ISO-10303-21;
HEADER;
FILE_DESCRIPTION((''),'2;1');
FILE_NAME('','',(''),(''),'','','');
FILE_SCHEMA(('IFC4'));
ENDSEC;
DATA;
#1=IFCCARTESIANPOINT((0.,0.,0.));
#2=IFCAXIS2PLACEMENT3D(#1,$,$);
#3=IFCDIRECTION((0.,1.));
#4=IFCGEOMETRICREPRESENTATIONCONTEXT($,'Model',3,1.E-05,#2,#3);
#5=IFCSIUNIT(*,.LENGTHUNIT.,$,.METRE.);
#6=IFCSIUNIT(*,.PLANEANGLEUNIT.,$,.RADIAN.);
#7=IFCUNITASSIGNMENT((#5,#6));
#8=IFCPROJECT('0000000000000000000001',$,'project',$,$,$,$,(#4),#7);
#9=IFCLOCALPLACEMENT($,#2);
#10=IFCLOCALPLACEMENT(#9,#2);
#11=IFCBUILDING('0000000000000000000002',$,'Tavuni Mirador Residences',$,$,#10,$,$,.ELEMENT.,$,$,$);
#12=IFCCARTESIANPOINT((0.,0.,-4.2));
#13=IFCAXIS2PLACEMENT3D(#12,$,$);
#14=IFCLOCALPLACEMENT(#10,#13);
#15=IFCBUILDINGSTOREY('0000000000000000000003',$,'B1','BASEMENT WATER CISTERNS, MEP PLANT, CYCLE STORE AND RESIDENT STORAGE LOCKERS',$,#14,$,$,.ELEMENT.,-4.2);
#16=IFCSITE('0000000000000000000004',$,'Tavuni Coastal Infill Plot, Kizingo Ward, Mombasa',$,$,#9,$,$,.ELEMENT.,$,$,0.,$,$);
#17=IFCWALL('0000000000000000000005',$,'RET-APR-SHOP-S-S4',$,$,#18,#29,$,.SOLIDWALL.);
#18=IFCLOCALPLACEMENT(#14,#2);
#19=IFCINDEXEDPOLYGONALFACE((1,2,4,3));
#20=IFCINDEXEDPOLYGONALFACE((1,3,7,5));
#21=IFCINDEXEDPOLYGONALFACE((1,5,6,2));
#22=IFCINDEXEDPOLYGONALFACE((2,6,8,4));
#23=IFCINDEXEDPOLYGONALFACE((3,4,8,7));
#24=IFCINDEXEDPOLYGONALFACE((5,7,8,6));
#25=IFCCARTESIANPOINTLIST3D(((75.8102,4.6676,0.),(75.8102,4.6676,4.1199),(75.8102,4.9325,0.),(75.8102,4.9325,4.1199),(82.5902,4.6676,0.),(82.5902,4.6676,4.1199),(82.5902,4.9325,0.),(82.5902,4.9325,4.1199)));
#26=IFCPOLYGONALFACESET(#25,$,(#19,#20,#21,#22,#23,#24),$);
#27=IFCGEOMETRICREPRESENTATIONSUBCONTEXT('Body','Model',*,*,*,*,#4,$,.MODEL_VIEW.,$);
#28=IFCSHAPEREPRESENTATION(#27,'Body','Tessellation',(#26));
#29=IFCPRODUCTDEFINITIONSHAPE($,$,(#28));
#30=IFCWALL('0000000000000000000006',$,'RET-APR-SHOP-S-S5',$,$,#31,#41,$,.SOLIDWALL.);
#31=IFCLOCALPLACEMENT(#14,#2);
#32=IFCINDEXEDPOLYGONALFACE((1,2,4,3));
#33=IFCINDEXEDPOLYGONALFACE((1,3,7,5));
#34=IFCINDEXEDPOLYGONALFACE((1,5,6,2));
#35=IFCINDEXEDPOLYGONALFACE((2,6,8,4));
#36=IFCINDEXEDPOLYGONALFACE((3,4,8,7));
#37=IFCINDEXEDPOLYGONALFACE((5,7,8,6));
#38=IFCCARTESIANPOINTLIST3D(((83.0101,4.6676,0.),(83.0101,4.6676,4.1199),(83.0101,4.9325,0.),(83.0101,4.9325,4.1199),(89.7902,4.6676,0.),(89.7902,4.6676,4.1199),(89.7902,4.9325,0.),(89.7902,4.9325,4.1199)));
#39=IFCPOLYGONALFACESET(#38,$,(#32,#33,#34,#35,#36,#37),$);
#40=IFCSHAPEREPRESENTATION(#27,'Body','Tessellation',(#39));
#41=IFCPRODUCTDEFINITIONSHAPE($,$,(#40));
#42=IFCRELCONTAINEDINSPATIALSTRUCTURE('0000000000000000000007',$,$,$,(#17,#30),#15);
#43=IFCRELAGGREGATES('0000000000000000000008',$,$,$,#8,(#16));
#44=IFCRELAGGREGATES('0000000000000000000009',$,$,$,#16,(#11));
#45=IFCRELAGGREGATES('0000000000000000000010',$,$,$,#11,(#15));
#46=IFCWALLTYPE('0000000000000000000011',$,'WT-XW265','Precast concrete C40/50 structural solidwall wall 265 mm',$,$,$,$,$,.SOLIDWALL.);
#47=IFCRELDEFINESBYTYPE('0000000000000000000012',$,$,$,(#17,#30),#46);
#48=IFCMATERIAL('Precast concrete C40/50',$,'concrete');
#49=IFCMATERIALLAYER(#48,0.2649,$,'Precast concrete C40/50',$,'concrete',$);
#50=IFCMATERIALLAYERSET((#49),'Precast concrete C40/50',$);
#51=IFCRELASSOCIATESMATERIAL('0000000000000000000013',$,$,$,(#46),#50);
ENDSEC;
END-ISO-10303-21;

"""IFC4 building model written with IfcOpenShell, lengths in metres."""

from ifc_helpers import new_model, si_unit, direction, frame, frame_2d, origin, place, context, subcontext, project, spatial, rectangle, extrude, material, layer, layer_set, type_object, element, save


model = new_model("IFC4")

# Units and contexts
model_context = context("Model", 3, precision=1e-05, world=origin(), true_north=direction((0.0, 1.0)))
body_context = subcontext(model_context, "Body", "Model", "MODEL_VIEW")
ifc_project = project(units=[si_unit("LENGTHUNIT", "METRE"), si_unit("PLANEANGLEUNIT", "RADIAN")], contexts=[model_context])

# Site, building, storey
site_placement = place(None, origin())
site = spatial("IfcSite", under=ifc_project, at=site_placement, Name="Tavuni Coastal Infill Plot, Kizingo Ward, Mombasa", CompositionType="ELEMENT", RefElevation=0.0)
building_placement = place(site_placement, origin())
building = spatial("IfcBuilding", under=site, at=building_placement, Name="Tavuni Mirador Residences", CompositionType="ELEMENT")
storey_placement = place(building_placement, frame((0.0, 0.0, -4.2)))
storey = spatial("IfcBuildingStorey", under=building, at=storey_placement, Name="B1", Description="BASEMENT WATER CISTERNS, MEP PLANT, CYCLE STORE AND RESIDENT STORAGE LOCKERS", CompositionType="ELEMENT", Elevation=-4.2)

# Shared definitions
ifc_material_1 = material(Name="Precast concrete C40/50", Category="concrete")

# Walls
ifc_layer_1 = layer(ifc_material_1, 0.2649, Name="Precast concrete C40/50", Category="concrete")
ifc_layer_set_1 = layer_set([ifc_layer_1], Name="Precast concrete C40/50")
wall_type_1 = type_object("IfcWallType", Name="WT-XW265", Description="Precast concrete C40/50 structural solidwall wall 265 mm", PredefinedType="SOLIDWALL", material=ifc_layer_set_1)
for number, where, z_axis, x_axis, name in (
    (1, (75.8101, 4.8, 0.0), (0.0, 0.0, 1.0), (1.0, 0.0, 0.0), "RET-APR-SHOP-S-S4"),
    (2, (83.01, 4.8, 0.0), (0.0, 0.0, 1.0), (1.0, 0.0, 0.0), "RET-APR-SHOP-S-S5"),
):
    element("IfcWall", number, at=place(storey_placement, frame(where, z_axis=z_axis, x_axis=x_axis)), inside=storey, type_object=wall_type_1, Name=name, PredefinedType="SOLIDWALL", context=body_context, shape_type="SweptSolid", body=[
        extrude(rectangle(XDim=6.78, YDim=0.2649, at=frame_2d((3.3901, 0.0))), origin(), (0.0, 0.0, 1.0), 4.1199),
    ])

save(model, "model.ifc")
